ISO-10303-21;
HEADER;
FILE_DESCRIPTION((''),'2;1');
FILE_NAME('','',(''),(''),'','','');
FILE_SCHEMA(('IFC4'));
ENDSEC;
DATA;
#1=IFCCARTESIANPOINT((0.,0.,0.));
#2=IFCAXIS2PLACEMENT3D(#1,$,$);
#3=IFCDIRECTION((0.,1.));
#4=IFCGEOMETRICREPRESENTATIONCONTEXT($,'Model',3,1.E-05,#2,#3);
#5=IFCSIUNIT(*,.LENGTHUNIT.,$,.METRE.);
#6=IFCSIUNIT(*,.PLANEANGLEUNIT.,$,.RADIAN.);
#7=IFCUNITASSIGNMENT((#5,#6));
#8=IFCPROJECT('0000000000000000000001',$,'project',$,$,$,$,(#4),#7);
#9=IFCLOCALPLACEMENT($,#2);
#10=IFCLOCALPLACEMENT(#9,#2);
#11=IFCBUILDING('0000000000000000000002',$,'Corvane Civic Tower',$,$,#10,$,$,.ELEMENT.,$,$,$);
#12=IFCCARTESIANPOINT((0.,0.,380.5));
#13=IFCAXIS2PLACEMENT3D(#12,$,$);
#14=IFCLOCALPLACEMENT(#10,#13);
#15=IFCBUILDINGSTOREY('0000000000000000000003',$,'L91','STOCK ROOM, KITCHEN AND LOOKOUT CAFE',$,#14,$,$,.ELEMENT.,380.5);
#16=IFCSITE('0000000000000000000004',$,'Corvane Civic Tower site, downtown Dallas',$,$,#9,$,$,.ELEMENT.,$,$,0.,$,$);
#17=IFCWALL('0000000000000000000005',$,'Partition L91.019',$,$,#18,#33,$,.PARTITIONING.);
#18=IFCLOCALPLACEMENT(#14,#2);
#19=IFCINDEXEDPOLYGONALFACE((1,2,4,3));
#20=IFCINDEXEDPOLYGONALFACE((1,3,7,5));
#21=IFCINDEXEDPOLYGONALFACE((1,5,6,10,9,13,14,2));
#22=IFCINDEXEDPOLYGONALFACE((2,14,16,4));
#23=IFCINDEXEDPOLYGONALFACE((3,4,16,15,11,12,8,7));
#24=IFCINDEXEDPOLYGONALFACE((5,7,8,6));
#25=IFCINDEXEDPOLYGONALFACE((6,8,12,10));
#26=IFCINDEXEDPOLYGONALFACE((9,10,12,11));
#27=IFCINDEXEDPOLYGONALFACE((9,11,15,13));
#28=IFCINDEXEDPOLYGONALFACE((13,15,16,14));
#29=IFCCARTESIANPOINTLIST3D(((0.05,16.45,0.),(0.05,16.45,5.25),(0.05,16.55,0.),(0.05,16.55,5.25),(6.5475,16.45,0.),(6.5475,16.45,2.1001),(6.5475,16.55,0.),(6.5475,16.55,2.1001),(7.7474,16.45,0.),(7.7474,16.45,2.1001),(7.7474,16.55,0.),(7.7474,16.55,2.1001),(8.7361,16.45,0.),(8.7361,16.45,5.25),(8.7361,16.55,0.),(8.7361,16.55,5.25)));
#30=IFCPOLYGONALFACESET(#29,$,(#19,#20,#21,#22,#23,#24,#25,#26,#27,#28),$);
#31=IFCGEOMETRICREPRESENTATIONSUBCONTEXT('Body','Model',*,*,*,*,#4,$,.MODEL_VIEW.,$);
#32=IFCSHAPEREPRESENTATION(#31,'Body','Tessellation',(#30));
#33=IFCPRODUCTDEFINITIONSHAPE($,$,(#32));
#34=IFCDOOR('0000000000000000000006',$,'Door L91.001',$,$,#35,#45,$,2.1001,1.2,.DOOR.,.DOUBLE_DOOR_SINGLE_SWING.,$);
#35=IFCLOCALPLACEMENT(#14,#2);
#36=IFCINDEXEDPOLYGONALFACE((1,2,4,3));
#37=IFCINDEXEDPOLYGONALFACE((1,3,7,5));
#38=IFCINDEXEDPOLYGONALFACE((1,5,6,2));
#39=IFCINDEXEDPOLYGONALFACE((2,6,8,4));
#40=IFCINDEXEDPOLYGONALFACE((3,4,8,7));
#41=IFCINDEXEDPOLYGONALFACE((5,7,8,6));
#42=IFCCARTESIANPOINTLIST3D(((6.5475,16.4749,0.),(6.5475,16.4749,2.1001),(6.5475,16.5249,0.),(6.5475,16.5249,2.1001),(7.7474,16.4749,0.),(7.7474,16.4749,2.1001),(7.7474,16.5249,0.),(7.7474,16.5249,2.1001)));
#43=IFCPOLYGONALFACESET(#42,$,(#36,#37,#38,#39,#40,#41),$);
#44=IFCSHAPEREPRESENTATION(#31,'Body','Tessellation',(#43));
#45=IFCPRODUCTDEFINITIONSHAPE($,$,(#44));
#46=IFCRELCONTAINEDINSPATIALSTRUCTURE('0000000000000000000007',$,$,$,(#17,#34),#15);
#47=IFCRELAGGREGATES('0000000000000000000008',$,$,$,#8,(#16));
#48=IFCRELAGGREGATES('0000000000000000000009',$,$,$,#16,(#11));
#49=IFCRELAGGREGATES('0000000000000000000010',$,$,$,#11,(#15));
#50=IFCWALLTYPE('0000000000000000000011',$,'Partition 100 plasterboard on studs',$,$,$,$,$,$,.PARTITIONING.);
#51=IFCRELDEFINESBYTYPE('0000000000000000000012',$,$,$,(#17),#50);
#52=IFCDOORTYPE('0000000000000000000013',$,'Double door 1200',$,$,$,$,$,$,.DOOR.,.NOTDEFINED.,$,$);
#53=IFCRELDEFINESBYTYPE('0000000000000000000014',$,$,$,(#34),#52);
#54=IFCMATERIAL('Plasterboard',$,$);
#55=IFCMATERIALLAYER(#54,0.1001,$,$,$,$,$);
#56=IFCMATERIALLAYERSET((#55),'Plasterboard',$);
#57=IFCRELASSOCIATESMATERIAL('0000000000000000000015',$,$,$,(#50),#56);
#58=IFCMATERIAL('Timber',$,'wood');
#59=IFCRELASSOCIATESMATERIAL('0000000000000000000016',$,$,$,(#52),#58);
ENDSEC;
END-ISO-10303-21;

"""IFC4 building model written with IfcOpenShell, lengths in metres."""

from ifc_helpers import new_model, si_unit, direction, frame, frame_2d, origin, place, context, subcontext, project, spatial, rectangle, extrude, material, layer, layer_set, type_object, element, fill, save


model = new_model("IFC4")

# Units and contexts
model_context = context("Model", 3, precision=1e-05, world=origin(), true_north=direction((0.0, 1.0)))
body_context = subcontext(model_context, "Body", "Model", "MODEL_VIEW")
ifc_project = project(units=[si_unit("LENGTHUNIT", "METRE"), si_unit("PLANEANGLEUNIT", "RADIAN")], contexts=[model_context])

# Site, building, storey
site_placement = place(None, origin())
site = spatial("IfcSite", under=ifc_project, at=site_placement, Name="Corvane Civic Tower site, downtown Dallas", CompositionType="ELEMENT", RefElevation=0.0)
building_placement = place(site_placement, origin())
building = spatial("IfcBuilding", under=site, at=building_placement, Name="Corvane Civic Tower", CompositionType="ELEMENT")
storey_placement = place(building_placement, frame((0.0, 0.0, 380.5)))
storey = spatial("IfcBuildingStorey", under=building, at=storey_placement, Name="L91", Description="STOCK ROOM, KITCHEN AND LOOKOUT CAFE", CompositionType="ELEMENT", Elevation=380.5)

# Shared definitions
ifc_material_1 = material(Name="Plasterboard")
ifc_layer_1 = layer(ifc_material_1, 0.1001)
ifc_layer_set_1 = layer_set([ifc_layer_1], Name="Plasterboard")
wall_type = type_object("IfcWallType", Name="Partition 100 plasterboard on studs", PredefinedType="PARTITIONING", material=ifc_layer_set_1)

# Wall, opening, door
wall_1_placement = place(storey_placement, frame((0.05, 16.5, 0.0), z_axis=(0.0, 0.0, 1.0), x_axis=(1.0, 0.0, 0.0)))
wall_1 = element("IfcWall", 1, at=wall_1_placement, inside=storey, type_object=wall_type, Name="Partition L91.019", PredefinedType="PARTITIONING", context=body_context, shape_type="SweptSolid", body=[
    extrude(rectangle(XDim=8.686, YDim=0.1001, at=frame_2d((4.343, 0.0))), origin(), (0.0, 0.0, 1.0), 5.25),
])
opening_placement = place(wall_1_placement, frame((6.4973, 0.0, 0.0)))
opening = element("IfcOpeningElement", 2, at=opening_placement, cuts=wall_1, PredefinedType="OPENING", context=body_context, shape_type="SweptSolid", body=[
    extrude(rectangle(XDim=1.2, YDim=2.1001, at=frame_2d((0.6001, 1.05))), frame((0.0, 0.0601, 0.0), z_axis=(0.0, -1.0, 0.0), x_axis=(1.0, 0.0, 0.0)), (0.0, 0.0, 1.0), 0.1201),
])
ifc_material_2 = material(Name="Timber", Category="wood")
door_type = type_object("IfcDoorType", Name="Double door 1200", OperationType="NOTDEFINED", PredefinedType="DOOR", material=ifc_material_2)
door_placement = place(opening_placement, origin())
door = element("IfcDoor", 3, at=door_placement, inside=storey, type_object=door_type, Name="Door L91.001", OperationType="DOUBLE_DOOR_SINGLE_SWING", OverallHeight=2.1001, OverallWidth=1.2, PredefinedType="DOOR", context=body_context, shape_type="SweptSolid", body=[
    extrude(rectangle(XDim=1.2, YDim=2.1001, at=frame_2d((0.6001, 1.05))), frame((0.0, 0.0249, 0.0), z_axis=(0.0, -1.0, 0.0), x_axis=(1.0, 0.0, 0.0)), (0.0, 0.0, 1.0), 0.05),
])
fill(opening, door)

save(model, "model.ifc")
